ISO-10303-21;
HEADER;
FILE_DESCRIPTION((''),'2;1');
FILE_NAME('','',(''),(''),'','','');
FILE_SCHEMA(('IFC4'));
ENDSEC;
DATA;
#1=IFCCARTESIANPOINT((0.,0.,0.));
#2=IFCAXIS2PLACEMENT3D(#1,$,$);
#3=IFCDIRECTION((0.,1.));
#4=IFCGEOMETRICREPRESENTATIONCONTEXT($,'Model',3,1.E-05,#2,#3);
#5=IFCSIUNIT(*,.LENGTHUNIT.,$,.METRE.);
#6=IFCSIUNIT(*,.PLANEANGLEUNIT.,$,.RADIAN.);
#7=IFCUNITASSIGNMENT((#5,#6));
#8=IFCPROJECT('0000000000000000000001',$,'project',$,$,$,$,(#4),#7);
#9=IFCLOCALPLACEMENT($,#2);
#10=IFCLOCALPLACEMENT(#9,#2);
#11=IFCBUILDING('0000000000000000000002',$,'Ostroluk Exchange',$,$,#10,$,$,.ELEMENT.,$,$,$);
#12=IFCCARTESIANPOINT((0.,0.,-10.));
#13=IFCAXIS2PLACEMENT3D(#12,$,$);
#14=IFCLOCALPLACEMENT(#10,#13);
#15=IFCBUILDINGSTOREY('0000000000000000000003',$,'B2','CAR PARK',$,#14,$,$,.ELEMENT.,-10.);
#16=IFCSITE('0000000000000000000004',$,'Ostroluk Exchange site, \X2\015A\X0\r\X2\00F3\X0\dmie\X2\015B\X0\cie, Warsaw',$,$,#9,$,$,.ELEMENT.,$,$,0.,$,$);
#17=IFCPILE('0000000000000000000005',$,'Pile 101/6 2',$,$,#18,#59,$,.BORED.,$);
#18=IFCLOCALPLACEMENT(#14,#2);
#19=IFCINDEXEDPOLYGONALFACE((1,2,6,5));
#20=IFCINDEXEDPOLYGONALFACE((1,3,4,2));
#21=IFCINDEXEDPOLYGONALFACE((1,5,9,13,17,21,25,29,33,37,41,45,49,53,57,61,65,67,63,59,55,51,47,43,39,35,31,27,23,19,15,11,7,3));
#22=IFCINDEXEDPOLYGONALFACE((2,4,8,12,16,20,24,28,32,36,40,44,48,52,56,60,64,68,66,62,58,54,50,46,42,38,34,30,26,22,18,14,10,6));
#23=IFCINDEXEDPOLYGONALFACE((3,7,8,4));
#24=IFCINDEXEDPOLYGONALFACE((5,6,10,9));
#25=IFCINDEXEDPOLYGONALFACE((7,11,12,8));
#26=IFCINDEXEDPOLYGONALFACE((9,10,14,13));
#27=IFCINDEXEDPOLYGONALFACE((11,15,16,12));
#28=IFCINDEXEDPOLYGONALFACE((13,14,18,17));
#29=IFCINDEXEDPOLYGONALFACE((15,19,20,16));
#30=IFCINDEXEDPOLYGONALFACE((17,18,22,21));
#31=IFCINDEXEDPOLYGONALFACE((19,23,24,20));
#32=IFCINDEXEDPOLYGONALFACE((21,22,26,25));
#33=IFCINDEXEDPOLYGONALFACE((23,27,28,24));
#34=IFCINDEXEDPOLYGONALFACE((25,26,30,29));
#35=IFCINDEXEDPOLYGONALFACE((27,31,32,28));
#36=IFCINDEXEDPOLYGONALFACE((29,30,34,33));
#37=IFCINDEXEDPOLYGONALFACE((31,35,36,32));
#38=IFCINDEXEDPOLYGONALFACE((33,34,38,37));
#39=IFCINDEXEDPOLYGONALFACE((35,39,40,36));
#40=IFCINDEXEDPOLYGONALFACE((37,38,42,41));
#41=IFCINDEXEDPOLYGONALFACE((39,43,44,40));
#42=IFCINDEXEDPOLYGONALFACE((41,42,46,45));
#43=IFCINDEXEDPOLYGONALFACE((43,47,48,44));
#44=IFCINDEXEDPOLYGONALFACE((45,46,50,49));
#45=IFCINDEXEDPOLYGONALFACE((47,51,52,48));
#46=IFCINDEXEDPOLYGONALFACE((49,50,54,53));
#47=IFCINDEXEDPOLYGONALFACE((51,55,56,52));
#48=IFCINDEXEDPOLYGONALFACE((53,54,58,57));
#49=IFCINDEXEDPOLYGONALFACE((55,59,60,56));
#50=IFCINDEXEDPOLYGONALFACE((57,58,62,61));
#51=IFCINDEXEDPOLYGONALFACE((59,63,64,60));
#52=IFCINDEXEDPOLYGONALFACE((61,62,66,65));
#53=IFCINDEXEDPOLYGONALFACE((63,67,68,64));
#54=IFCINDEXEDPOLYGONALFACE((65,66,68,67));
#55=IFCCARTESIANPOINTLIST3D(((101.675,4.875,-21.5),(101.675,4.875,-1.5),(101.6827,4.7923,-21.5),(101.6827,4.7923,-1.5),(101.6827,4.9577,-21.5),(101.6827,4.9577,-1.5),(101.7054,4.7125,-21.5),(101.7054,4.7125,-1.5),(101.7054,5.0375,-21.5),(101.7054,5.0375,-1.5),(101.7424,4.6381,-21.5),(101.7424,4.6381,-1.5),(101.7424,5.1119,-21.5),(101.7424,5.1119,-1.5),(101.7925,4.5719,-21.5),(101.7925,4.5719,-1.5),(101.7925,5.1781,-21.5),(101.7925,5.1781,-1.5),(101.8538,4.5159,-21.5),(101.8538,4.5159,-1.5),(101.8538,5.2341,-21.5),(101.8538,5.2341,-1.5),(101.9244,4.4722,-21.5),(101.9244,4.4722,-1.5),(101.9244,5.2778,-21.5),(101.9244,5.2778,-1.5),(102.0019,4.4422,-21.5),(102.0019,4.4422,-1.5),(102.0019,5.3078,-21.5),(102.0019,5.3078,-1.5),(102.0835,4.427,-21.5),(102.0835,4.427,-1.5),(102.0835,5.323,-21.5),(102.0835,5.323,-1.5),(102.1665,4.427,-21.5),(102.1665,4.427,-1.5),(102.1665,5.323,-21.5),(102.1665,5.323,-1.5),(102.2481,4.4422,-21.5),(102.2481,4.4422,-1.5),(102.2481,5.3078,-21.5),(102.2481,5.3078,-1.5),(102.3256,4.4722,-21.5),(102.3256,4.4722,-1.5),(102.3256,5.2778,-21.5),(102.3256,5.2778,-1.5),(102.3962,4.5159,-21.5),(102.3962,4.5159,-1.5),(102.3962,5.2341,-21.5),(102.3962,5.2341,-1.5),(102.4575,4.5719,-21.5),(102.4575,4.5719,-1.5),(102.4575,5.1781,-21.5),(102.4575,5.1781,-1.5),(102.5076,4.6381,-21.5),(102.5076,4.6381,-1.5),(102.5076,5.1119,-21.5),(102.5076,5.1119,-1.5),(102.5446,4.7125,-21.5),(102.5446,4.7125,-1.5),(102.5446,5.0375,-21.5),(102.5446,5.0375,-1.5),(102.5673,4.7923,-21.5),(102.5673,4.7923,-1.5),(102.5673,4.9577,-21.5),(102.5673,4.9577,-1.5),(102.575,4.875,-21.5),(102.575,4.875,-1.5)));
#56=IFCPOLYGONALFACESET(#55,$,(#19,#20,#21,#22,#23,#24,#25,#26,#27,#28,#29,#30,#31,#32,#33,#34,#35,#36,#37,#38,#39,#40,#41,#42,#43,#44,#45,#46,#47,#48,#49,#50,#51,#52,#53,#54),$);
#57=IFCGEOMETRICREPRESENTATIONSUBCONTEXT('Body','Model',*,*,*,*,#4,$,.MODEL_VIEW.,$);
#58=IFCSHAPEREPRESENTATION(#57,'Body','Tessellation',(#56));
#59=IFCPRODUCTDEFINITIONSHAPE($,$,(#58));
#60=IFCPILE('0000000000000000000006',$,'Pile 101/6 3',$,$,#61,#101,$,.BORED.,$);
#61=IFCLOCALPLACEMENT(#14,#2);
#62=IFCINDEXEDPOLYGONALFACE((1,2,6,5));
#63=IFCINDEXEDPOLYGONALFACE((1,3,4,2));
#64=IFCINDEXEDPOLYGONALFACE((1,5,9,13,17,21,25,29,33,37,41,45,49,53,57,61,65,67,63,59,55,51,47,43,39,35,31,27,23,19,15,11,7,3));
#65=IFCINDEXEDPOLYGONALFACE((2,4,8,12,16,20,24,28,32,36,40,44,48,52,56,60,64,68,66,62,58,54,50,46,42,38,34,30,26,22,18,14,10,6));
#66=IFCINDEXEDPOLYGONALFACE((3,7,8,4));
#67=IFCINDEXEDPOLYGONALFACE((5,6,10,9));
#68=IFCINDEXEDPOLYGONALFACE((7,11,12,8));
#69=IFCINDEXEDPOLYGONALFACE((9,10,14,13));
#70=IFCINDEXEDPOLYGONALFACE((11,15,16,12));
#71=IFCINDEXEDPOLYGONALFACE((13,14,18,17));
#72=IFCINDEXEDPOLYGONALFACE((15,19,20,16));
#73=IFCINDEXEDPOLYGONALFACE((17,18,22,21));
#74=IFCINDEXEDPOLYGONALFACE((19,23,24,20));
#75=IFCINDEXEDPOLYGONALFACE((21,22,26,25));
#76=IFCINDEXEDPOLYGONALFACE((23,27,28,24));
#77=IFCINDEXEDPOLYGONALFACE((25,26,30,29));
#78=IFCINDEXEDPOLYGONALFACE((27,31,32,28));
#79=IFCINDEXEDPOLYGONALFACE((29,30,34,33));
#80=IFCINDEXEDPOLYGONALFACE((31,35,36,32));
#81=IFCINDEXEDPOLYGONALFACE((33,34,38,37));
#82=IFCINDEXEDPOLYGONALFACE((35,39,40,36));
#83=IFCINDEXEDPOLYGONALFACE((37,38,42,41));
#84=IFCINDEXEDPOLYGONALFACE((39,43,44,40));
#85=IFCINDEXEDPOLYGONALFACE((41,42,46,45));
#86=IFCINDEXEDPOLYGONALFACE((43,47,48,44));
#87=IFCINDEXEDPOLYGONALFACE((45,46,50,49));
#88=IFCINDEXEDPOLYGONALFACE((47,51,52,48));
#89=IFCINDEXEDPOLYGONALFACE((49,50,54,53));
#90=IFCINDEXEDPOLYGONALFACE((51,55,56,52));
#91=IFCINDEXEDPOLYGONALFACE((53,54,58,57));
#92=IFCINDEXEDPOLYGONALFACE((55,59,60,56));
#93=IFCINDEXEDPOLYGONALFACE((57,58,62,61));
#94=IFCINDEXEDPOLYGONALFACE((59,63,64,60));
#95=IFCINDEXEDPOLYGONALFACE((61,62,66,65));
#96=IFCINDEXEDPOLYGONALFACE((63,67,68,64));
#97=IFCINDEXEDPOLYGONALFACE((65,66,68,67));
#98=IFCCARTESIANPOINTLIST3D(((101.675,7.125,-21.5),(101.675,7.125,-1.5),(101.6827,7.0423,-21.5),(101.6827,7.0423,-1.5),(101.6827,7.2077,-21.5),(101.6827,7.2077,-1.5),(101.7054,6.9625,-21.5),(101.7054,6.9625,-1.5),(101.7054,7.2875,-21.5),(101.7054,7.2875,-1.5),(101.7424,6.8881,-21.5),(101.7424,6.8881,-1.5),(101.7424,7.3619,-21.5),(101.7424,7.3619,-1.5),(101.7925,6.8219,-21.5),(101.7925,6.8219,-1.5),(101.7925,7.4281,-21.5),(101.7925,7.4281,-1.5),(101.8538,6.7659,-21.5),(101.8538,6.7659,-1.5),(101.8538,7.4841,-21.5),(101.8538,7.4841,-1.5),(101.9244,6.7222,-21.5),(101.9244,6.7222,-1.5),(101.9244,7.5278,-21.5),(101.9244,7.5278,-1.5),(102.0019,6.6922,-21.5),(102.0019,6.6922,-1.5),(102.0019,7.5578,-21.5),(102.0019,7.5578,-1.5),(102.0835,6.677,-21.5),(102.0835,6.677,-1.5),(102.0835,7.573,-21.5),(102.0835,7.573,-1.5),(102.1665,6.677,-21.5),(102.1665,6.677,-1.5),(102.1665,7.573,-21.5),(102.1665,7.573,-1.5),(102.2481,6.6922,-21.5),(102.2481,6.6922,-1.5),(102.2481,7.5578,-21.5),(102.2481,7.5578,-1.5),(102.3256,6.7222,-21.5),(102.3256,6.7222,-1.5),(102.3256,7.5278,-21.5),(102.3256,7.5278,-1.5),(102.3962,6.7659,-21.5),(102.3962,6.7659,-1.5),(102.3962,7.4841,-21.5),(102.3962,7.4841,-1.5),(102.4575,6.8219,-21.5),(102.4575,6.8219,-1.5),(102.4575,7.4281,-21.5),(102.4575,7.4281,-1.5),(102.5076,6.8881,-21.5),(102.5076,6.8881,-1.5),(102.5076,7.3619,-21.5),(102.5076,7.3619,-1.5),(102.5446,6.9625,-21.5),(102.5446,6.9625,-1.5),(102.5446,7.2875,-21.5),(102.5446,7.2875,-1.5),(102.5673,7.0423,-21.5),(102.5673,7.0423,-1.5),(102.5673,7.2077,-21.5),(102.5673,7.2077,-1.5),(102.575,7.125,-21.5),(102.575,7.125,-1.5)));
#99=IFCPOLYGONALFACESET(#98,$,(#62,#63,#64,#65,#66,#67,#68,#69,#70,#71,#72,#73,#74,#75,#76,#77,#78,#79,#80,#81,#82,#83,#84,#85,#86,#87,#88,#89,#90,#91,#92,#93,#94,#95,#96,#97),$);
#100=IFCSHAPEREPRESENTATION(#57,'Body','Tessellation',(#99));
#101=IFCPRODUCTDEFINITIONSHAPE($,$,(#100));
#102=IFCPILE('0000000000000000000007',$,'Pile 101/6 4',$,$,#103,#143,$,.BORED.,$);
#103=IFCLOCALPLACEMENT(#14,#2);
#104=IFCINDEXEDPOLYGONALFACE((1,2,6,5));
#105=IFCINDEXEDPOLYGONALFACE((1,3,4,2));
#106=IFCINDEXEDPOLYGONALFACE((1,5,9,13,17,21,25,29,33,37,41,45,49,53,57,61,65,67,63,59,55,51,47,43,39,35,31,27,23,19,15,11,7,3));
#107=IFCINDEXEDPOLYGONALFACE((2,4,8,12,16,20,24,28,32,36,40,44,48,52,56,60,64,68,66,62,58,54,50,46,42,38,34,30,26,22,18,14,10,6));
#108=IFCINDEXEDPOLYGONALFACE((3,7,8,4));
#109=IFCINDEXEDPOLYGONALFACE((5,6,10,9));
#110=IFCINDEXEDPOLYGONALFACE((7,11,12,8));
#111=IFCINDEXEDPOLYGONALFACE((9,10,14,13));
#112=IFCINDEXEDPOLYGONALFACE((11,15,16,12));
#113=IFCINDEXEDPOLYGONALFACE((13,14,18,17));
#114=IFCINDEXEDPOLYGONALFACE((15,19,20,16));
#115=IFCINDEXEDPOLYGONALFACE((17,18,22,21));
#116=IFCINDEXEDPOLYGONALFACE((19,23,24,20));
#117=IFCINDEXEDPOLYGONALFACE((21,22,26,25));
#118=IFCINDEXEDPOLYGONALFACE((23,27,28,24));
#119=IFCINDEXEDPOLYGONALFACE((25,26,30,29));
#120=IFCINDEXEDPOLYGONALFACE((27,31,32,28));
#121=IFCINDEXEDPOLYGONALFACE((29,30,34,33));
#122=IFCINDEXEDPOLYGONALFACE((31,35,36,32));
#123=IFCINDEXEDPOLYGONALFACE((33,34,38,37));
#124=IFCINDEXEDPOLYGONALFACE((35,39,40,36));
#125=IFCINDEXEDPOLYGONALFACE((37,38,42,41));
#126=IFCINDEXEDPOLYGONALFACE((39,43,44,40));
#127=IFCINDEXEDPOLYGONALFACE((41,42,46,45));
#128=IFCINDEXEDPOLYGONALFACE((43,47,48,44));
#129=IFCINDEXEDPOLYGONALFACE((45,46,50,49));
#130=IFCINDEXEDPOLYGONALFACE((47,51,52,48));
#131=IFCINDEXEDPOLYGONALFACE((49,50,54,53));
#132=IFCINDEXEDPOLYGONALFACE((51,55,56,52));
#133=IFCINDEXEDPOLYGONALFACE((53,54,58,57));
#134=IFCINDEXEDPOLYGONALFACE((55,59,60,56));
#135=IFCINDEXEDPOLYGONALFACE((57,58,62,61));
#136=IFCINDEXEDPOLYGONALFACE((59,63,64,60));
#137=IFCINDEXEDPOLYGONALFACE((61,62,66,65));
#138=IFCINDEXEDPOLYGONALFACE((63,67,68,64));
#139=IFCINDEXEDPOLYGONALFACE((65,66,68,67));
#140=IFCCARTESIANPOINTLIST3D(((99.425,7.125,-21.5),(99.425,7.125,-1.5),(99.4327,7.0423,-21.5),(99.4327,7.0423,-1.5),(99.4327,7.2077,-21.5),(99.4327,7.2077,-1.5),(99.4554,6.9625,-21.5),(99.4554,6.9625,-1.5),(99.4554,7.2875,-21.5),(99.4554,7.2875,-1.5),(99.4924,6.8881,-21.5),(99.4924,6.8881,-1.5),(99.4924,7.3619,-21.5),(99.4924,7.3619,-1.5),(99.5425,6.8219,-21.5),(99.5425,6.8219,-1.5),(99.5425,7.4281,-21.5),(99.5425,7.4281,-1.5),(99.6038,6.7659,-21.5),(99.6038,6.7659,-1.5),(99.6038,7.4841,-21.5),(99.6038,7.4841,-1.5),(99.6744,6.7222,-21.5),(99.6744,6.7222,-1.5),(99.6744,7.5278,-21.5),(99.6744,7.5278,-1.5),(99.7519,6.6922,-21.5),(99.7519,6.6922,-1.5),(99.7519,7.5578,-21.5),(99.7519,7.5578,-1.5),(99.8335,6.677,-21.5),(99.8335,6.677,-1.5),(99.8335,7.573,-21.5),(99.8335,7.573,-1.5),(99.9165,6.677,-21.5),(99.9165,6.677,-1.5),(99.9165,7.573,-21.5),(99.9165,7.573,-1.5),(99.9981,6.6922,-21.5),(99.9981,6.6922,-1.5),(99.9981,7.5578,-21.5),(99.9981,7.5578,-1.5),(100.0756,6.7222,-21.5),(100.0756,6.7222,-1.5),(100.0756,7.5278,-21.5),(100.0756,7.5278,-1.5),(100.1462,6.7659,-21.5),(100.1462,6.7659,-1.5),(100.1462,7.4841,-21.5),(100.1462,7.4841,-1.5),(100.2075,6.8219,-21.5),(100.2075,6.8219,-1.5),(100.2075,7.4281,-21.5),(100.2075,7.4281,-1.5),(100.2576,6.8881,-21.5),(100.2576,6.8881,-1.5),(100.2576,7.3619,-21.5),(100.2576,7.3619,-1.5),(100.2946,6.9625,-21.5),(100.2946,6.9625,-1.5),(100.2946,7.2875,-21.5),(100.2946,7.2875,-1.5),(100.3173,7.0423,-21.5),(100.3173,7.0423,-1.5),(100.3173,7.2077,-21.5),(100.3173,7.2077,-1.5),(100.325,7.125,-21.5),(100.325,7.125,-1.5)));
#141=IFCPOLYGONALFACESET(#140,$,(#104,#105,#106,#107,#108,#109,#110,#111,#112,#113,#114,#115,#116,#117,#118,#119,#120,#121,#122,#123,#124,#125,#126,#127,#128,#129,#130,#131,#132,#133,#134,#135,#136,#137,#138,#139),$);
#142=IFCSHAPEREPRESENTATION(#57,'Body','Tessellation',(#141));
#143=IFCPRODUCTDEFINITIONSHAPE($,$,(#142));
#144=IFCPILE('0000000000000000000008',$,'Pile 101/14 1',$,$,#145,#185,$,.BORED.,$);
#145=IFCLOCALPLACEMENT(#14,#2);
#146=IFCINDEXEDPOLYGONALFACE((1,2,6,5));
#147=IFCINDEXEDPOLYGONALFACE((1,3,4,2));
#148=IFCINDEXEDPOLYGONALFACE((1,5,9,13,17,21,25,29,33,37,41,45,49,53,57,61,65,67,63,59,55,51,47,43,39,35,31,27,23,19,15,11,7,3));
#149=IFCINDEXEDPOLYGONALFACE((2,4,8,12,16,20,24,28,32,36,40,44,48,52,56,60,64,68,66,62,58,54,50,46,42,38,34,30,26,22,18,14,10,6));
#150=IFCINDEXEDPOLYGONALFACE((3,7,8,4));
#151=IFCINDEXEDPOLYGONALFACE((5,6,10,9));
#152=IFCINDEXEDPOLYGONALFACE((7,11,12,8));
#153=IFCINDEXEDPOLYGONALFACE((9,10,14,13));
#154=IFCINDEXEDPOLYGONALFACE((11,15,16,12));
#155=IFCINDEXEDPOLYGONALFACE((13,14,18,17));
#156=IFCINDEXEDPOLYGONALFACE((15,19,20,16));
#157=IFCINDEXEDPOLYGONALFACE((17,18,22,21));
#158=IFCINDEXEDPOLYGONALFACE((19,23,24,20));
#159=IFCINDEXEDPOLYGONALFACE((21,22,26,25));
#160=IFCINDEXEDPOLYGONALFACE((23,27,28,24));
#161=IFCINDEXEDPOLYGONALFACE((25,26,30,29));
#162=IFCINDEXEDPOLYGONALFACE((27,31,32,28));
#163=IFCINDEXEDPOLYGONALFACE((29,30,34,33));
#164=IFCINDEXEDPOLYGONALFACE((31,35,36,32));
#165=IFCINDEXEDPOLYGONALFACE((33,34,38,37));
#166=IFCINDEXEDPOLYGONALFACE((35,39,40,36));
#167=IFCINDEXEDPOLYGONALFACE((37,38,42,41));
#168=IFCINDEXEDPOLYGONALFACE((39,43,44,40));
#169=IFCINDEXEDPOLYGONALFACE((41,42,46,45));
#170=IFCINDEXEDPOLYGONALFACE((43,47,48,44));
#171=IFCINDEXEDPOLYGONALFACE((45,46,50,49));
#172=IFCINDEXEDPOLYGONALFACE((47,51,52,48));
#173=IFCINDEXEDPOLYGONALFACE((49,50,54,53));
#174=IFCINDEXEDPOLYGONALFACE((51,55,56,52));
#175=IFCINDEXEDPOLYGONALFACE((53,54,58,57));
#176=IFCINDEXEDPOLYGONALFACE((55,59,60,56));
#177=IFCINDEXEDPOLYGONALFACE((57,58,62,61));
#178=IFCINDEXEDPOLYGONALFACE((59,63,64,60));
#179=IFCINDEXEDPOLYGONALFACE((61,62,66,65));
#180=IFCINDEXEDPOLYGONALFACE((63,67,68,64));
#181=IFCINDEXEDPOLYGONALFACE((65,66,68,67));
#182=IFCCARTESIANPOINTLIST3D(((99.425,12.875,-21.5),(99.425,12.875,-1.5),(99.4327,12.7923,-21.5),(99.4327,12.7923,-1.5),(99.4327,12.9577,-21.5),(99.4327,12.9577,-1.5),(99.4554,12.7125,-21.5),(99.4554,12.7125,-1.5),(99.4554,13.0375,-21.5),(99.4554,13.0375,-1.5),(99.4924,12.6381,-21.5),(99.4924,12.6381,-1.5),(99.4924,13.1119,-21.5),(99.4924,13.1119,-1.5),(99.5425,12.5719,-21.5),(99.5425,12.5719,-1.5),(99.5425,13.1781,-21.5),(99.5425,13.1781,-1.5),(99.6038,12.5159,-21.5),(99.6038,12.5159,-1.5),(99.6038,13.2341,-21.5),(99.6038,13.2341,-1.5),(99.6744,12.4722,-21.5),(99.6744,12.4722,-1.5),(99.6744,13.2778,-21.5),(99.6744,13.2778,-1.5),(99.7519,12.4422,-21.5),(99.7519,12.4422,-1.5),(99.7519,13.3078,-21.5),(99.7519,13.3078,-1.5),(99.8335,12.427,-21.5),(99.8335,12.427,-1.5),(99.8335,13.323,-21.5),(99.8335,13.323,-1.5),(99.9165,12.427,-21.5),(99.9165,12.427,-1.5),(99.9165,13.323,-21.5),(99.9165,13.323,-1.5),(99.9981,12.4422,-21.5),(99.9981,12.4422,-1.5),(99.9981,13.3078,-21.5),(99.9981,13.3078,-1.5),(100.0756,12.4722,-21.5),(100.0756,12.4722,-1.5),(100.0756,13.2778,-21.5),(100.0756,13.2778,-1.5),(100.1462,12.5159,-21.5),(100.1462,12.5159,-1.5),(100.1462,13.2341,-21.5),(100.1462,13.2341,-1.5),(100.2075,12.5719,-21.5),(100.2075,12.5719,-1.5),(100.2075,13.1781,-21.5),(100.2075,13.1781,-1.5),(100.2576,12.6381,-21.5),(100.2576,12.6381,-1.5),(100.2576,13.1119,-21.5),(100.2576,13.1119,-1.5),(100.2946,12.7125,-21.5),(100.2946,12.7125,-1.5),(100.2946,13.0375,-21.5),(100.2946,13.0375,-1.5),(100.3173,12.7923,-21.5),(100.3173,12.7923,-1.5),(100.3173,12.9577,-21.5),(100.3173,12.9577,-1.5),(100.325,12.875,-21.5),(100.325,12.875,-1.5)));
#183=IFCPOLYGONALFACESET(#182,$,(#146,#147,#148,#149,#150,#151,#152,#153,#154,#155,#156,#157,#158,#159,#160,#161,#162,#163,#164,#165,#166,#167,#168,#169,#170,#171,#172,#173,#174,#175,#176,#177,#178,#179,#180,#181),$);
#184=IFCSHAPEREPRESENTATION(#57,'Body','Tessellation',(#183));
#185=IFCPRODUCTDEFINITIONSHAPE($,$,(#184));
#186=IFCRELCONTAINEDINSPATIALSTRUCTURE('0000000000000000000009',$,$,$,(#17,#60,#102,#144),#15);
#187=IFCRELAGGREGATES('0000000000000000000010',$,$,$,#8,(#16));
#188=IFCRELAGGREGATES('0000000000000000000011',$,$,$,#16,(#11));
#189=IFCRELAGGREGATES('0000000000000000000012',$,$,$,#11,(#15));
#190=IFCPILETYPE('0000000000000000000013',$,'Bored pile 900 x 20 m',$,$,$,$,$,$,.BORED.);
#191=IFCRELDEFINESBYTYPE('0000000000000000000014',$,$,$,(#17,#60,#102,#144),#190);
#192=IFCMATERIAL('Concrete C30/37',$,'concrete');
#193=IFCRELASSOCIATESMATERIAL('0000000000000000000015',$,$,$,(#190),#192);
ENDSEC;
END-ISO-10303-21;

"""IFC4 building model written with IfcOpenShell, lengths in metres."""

from ifc_helpers import new_model, si_unit, direction, frame, origin, origin_2d, place, context, subcontext, project, spatial, circle, extrude, material, type_object, element, save


model = new_model("IFC4")

# Units and contexts
model_context = context("Model", 3, precision=1e-05, world=origin(), true_north=direction((0.0, 1.0)))
body_context = subcontext(model_context, "Body", "Model", "MODEL_VIEW")
ifc_project = project(units=[si_unit("LENGTHUNIT", "METRE"), si_unit("PLANEANGLEUNIT", "RADIAN")], contexts=[model_context])

# Site, building, storey
site_placement = place(None, origin())
site = spatial("IfcSite", under=ifc_project, at=site_placement, Name="Ostroluk Exchange site, Śródmieście, Warsaw", CompositionType="ELEMENT", RefElevation=0.0)
building_placement = place(site_placement, origin())
building = spatial("IfcBuilding", under=site, at=building_placement, Name="Ostroluk Exchange", CompositionType="ELEMENT")
storey_placement = place(building_placement, frame((0.0, 0.0, -10.0)))
storey = spatial("IfcBuildingStorey", under=building, at=storey_placement, Name="B2", Description="CAR PARK", CompositionType="ELEMENT", Elevation=-10.0)

# Piles
ifc_material_1 = material(Name="Concrete C30/37", Category="concrete")
pile_type = type_object("IfcPileType", Name="Bored pile 900 x 20 m", PredefinedType="BORED", material=ifc_material_1)
for number, where, z_axis, x_axis, name in (
    (1, (102.125, 4.875, -1.5), (0.0, 0.0, -1.0), (1.0, 0.0, 0.0), "Pile 101/6 2"),
    (2, (102.125, 7.125, -1.5), (0.0, 0.0, -1.0), (1.0, 0.0, 0.0), "Pile 101/6 3"),
    (3, (99.875, 7.125, -1.5), (0.0, 0.0, -1.0), (1.0, 0.0, 0.0), "Pile 101/6 4"),
    (4, (99.875, 12.875, -1.5), (0.0, 0.0, -1.0), (1.0, 0.0, 0.0), "Pile 101/14 1"),
):
    element("IfcPile", number, at=place(storey_placement, frame(where, z_axis=z_axis, x_axis=x_axis)), inside=storey, type_object=pile_type, Name=name, PredefinedType="BORED", context=body_context, shape_type="SweptSolid", body=[
        extrude(circle(Radius=0.45, at=origin_2d()), origin(), (0.0, 0.0, 1.0), 20.0),
    ])

save(model, "model.ifc")
